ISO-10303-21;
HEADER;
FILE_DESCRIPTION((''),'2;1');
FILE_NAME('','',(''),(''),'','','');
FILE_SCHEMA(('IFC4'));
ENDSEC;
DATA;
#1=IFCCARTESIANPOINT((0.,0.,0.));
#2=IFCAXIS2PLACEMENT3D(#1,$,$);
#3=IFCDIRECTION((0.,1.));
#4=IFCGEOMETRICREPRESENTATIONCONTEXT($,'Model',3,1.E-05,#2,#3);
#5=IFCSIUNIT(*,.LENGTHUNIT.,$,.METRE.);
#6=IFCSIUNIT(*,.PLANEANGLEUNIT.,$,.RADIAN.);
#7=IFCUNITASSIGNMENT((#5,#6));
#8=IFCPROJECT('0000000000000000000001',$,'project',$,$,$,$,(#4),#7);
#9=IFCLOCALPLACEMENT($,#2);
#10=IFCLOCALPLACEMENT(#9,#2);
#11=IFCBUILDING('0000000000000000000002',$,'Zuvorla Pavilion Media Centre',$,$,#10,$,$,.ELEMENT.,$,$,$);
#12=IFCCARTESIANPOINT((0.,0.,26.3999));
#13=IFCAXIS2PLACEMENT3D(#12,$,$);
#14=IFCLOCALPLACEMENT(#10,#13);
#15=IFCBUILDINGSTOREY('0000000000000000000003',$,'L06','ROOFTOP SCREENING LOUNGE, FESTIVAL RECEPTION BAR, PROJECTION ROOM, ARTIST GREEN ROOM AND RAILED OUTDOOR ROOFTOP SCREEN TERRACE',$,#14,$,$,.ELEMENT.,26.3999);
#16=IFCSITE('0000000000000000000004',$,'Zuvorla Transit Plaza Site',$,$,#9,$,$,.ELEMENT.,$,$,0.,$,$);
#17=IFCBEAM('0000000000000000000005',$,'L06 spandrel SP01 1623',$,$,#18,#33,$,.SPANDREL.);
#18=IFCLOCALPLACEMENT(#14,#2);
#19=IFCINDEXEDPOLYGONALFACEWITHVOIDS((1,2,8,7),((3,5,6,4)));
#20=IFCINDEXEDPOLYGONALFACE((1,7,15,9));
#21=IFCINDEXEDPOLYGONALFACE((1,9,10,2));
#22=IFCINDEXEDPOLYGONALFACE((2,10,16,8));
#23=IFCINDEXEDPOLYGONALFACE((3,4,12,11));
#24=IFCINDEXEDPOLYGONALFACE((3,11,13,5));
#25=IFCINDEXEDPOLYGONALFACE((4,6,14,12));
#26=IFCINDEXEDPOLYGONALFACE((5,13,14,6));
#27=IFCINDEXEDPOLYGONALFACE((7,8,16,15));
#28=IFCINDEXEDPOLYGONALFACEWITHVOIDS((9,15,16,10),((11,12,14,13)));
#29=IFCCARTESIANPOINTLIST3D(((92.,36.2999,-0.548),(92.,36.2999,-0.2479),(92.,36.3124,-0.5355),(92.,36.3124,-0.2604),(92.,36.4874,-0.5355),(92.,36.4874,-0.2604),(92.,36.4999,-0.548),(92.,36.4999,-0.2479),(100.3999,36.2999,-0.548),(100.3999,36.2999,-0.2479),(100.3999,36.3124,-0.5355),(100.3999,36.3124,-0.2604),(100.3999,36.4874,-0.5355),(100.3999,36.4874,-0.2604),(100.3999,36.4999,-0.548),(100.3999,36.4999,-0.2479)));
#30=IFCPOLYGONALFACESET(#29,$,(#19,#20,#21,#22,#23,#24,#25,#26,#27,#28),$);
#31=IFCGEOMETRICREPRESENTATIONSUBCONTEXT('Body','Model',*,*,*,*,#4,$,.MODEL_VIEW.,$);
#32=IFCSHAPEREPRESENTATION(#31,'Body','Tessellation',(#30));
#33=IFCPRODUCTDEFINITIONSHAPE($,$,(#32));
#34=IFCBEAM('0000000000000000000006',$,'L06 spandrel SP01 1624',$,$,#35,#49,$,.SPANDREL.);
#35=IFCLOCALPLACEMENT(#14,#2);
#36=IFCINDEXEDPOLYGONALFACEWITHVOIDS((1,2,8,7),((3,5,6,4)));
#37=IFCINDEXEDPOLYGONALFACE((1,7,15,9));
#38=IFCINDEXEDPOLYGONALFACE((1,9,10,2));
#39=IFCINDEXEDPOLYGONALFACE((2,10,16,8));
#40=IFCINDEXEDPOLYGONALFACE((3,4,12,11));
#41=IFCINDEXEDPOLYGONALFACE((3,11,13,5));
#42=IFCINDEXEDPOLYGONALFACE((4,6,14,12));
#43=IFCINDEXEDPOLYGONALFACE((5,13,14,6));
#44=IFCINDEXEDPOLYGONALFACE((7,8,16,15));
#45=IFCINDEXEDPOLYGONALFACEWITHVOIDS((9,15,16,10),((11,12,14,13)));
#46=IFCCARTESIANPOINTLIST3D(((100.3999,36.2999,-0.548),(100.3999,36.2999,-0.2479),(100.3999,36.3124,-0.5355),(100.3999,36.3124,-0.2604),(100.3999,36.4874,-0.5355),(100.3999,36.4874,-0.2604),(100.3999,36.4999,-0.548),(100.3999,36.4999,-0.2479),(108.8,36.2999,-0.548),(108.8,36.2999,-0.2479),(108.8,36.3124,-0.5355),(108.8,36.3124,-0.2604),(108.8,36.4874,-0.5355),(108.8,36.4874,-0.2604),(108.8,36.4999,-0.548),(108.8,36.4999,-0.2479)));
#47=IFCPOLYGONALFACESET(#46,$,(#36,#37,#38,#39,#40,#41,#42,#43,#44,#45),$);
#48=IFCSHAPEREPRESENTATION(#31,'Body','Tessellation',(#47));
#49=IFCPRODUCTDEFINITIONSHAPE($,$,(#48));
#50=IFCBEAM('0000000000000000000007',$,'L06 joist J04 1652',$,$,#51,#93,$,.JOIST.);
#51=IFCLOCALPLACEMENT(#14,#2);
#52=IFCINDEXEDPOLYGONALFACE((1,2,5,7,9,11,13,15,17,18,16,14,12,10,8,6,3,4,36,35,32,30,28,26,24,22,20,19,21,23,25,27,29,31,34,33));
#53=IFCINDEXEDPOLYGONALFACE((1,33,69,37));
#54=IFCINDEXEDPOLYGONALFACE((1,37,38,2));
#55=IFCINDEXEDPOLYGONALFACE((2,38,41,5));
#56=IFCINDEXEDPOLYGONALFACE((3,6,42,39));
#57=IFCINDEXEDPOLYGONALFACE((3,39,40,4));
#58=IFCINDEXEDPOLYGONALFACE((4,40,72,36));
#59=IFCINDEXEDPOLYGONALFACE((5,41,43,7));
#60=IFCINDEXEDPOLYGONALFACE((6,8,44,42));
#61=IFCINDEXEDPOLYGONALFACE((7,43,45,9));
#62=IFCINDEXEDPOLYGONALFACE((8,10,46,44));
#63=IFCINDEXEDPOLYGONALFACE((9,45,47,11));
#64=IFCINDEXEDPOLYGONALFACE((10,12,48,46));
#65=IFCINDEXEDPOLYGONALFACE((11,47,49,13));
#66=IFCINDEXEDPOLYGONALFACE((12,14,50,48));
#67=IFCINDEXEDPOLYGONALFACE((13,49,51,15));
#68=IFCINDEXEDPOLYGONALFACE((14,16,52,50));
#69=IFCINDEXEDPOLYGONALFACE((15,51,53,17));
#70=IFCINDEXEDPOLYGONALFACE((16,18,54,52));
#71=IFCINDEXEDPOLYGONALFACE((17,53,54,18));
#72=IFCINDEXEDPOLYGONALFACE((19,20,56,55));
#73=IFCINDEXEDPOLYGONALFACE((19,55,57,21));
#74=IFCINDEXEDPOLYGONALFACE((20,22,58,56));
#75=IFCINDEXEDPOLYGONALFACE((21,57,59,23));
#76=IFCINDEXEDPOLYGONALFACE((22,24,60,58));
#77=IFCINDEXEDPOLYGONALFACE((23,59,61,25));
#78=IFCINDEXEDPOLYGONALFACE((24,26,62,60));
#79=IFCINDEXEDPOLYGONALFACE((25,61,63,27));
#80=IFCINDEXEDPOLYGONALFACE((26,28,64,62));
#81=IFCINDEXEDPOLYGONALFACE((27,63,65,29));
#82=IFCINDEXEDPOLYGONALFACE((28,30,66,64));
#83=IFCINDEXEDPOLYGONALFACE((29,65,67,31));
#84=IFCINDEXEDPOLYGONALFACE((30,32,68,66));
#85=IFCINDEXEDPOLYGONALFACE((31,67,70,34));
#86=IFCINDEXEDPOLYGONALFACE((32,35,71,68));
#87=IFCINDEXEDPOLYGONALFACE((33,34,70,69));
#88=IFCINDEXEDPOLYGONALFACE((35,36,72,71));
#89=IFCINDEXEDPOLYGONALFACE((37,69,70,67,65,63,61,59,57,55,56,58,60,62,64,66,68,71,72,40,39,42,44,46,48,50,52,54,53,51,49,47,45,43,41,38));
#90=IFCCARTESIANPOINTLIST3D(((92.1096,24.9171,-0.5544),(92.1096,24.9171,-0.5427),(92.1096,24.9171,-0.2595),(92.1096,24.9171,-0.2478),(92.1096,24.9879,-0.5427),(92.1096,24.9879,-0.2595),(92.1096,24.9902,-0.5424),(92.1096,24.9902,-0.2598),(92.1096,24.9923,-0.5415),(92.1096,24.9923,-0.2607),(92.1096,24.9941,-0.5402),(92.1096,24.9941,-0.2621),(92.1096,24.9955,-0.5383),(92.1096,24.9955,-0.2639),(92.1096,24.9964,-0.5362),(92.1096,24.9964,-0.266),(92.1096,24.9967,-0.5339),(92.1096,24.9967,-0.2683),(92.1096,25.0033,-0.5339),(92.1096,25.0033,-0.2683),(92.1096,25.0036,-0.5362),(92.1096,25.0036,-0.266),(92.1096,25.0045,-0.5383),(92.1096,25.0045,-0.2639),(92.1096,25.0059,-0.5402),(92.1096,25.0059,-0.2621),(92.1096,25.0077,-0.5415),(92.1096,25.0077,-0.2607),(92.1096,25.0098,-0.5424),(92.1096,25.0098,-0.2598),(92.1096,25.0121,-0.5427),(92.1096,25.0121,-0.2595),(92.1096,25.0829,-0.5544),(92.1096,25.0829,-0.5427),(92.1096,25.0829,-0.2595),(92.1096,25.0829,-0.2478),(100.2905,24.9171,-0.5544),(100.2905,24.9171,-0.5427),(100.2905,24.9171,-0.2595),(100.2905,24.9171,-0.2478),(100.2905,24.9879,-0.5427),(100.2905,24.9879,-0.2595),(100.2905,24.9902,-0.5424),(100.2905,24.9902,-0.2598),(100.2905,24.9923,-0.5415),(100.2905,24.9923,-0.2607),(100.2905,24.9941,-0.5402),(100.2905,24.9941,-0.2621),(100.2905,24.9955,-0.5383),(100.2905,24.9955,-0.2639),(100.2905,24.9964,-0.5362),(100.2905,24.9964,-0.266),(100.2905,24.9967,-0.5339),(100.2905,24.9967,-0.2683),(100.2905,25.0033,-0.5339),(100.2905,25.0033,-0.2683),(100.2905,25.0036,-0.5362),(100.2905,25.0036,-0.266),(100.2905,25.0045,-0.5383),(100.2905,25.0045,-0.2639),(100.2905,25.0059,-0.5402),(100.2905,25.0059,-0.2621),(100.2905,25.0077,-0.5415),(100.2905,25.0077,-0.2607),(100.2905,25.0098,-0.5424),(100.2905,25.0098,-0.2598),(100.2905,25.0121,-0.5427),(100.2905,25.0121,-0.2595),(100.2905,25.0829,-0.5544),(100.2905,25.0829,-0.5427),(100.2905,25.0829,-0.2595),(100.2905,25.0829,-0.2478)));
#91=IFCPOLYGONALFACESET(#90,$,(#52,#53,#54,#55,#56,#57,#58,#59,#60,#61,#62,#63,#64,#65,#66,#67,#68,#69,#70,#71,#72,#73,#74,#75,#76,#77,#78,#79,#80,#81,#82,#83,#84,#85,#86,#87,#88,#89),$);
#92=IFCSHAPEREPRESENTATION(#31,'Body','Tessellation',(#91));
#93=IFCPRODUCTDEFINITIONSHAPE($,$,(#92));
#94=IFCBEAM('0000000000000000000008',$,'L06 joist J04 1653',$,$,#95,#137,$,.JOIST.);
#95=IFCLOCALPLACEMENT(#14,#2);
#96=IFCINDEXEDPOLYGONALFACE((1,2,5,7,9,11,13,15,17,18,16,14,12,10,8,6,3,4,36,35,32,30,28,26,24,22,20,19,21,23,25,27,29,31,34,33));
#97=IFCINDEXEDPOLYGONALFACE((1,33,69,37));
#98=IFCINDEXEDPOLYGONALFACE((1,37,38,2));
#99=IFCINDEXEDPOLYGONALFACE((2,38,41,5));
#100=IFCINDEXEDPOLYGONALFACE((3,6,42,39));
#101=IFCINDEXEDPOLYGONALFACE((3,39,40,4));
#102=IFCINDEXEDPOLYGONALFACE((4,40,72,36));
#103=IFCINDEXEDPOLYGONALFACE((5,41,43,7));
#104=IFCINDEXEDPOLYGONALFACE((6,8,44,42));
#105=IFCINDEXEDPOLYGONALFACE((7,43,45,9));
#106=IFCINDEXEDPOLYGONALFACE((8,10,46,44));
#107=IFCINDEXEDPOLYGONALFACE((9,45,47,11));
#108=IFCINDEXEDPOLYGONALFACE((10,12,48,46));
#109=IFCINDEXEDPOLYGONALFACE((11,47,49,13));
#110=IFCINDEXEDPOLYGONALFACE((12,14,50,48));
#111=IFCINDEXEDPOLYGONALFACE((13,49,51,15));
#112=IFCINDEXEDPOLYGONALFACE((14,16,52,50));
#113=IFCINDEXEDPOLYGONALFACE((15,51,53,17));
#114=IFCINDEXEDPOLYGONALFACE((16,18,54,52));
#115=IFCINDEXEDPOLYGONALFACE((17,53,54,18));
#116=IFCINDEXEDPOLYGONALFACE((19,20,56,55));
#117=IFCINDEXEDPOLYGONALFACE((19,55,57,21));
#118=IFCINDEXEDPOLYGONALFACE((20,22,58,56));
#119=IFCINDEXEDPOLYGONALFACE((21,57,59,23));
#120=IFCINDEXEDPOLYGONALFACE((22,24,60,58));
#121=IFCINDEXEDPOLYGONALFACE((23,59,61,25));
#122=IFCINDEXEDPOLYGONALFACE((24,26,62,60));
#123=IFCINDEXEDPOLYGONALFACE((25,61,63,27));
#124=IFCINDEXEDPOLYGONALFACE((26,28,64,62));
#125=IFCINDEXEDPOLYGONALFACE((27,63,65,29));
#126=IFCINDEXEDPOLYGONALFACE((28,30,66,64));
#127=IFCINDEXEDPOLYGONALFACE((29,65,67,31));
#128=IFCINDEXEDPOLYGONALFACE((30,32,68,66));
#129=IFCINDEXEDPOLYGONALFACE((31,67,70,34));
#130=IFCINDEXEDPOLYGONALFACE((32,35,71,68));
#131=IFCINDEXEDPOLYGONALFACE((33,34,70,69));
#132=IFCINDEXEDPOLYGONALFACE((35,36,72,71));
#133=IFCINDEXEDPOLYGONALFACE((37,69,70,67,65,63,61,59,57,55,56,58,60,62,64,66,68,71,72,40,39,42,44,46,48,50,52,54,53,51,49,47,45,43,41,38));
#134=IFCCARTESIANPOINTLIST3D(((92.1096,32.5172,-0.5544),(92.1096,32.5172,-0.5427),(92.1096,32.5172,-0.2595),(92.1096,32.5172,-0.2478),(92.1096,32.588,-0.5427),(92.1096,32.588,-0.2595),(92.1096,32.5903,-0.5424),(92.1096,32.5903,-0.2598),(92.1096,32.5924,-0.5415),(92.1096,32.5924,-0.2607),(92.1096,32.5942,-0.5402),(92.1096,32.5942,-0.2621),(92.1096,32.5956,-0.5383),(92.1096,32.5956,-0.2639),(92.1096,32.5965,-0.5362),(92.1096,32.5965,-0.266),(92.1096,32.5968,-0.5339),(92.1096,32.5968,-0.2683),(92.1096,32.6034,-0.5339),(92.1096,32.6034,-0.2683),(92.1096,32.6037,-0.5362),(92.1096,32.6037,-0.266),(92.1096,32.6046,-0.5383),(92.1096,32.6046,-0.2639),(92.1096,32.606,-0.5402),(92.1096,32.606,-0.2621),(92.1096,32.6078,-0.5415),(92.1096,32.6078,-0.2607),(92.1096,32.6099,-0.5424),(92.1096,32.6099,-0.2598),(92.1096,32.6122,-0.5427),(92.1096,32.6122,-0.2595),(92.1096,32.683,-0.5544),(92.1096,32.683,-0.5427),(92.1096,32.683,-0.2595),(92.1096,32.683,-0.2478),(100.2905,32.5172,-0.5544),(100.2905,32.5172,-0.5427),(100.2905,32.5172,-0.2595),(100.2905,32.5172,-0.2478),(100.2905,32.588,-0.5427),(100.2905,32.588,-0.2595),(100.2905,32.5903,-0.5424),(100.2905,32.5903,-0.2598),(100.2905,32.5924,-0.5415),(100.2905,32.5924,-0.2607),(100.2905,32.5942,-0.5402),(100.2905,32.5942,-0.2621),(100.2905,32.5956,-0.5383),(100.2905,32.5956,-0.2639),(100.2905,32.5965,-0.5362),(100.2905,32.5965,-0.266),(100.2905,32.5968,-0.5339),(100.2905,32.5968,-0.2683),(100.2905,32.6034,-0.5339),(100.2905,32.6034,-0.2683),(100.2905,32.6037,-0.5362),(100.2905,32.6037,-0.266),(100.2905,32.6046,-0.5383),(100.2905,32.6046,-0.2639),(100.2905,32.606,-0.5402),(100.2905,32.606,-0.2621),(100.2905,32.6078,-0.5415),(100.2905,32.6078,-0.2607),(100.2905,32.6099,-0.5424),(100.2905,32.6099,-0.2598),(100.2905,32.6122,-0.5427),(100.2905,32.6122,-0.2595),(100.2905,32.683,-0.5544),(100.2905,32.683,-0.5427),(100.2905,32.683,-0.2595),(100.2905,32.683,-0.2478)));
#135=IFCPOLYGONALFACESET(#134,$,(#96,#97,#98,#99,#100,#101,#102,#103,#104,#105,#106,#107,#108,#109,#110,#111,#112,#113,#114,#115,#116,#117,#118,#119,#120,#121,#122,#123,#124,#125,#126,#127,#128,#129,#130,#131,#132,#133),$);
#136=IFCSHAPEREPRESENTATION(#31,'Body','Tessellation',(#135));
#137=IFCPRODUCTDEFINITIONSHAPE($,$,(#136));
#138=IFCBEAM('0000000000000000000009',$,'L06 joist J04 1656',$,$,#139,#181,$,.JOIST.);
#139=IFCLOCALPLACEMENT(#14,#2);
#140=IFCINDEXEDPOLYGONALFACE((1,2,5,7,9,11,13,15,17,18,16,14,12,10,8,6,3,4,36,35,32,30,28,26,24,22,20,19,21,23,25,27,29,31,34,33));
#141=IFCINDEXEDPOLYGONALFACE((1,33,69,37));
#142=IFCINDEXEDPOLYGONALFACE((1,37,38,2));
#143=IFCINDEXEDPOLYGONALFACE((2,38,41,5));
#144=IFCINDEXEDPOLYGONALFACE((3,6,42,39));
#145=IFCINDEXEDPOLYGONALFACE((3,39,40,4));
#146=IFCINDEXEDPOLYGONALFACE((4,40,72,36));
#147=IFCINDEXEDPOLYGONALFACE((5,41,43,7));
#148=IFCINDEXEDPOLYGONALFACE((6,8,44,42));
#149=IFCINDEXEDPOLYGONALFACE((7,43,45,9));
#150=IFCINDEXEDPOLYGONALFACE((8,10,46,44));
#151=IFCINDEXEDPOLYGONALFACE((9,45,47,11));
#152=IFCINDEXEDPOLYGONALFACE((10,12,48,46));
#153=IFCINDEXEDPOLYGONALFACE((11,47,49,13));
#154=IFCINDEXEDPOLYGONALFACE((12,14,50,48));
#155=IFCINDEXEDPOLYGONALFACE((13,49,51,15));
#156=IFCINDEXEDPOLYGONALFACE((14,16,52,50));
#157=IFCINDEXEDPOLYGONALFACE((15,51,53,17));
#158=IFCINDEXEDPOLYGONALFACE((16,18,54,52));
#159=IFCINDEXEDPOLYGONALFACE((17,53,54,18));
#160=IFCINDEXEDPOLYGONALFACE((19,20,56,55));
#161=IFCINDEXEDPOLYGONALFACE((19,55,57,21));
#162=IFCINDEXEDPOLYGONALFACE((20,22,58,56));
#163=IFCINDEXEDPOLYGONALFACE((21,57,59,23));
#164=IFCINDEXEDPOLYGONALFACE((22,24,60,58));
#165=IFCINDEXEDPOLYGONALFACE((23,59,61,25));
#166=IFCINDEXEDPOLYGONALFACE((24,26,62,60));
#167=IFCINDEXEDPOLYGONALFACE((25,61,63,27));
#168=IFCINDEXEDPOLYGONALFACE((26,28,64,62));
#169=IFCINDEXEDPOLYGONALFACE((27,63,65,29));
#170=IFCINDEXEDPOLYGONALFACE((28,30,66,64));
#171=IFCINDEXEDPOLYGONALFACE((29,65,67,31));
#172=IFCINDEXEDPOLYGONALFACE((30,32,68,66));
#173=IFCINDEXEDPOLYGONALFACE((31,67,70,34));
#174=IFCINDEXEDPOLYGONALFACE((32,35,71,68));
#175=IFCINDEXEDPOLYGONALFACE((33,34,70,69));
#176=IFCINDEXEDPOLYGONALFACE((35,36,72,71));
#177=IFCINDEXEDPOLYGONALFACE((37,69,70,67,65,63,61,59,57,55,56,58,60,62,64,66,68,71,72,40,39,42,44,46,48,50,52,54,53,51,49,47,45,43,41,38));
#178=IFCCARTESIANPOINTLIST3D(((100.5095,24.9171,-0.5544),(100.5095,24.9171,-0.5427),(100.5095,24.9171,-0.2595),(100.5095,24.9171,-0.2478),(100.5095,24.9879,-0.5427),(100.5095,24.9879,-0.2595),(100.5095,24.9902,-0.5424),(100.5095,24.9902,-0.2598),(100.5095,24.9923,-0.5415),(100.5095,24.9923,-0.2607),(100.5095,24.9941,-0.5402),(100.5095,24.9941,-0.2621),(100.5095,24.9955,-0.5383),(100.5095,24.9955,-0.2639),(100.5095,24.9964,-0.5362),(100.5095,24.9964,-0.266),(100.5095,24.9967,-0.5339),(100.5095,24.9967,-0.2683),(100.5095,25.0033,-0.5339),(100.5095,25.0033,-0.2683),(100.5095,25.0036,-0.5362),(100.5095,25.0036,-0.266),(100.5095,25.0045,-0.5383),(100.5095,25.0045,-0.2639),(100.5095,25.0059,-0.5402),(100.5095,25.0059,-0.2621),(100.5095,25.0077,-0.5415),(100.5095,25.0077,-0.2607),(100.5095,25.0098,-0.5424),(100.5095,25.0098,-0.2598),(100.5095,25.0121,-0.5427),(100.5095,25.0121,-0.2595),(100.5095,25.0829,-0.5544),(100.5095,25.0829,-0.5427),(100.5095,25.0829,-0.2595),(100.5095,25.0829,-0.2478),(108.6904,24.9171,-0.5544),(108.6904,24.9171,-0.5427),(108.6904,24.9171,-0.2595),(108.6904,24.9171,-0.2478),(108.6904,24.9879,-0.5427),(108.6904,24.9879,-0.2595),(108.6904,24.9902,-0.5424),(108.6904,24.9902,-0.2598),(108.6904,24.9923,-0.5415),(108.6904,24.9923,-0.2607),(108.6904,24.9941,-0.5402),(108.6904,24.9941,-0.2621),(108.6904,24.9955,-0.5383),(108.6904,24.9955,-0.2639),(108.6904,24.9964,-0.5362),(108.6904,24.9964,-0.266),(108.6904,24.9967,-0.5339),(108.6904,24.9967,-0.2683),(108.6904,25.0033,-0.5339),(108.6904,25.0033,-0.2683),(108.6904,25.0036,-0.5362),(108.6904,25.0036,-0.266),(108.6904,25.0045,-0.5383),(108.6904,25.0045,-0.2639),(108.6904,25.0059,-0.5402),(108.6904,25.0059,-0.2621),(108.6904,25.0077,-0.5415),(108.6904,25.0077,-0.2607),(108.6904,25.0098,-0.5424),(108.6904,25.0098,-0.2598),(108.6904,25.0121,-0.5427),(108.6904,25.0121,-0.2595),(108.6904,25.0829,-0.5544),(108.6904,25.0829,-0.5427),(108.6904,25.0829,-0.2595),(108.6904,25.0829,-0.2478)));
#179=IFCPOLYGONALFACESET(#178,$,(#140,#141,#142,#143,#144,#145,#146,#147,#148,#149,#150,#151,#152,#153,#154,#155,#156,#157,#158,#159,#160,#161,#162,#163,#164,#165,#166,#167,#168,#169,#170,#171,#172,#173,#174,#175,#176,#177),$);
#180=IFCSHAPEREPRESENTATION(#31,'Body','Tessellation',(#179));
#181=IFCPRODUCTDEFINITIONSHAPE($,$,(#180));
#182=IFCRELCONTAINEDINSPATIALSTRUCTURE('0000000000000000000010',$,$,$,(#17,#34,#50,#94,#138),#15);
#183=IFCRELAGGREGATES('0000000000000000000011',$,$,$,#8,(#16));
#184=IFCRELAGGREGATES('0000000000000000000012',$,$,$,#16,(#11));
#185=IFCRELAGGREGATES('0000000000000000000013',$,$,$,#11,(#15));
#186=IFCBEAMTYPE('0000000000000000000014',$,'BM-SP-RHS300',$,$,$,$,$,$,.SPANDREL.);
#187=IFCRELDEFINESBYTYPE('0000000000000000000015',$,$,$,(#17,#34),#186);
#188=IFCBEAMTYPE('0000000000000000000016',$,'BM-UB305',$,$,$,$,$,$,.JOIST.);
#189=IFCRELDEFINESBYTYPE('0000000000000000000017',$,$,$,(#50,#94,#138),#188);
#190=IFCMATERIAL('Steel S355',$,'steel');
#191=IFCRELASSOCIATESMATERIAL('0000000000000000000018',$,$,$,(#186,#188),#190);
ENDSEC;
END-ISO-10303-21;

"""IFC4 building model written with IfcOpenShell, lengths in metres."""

from ifc_helpers import new_model, si_unit, direction, frame, origin, origin_2d, place, context, subcontext, project, spatial, hollow_rectangle, i_section, extrude, material, material_profile, profile_set, type_object, element, save


model = new_model("IFC4")

# Units and contexts
model_context = context("Model", 3, precision=1e-05, world=origin(), true_north=direction((0.0, 1.0)))
body_context = subcontext(model_context, "Body", "Model", "MODEL_VIEW")
ifc_project = project(units=[si_unit("LENGTHUNIT", "METRE"), si_unit("PLANEANGLEUNIT", "RADIAN")], contexts=[model_context])

# Site, building, storey
site_placement = place(None, origin())
site = spatial("IfcSite", under=ifc_project, at=site_placement, Name="Zuvorla Transit Plaza Site", CompositionType="ELEMENT", RefElevation=0.0)
building_placement = place(site_placement, origin())
building = spatial("IfcBuilding", under=site, at=building_placement, Name="Zuvorla Pavilion Media Centre", CompositionType="ELEMENT")
storey_placement = place(building_placement, frame((0.0, 0.0, 26.3999)))
storey = spatial("IfcBuildingStorey", under=building, at=storey_placement, Name="L06", Description="ROOFTOP SCREENING LOUNGE, FESTIVAL RECEPTION BAR, PROJECTION ROOM, ARTIST GREEN ROOM AND RAILED OUTDOOR ROOFTOP SCREEN TERRACE", CompositionType="ELEMENT", Elevation=26.3999)

# Shared definitions
ifc_material_1 = material(Name="Steel S355", Category="steel")

# Beams
ifc_material_profile_1 = material_profile(ifc_material_1, hollow_rectangle(XDim=0.2, YDim=0.3, WallThickness=0.0125, at=origin_2d()), Name="RHS 300x200x12.5")
ifc_profile_set_1 = profile_set([ifc_material_profile_1], Name="Steel S355")
beam_type_1 = type_object("IfcBeamType", Name="BM-SP-RHS300", PredefinedType="SPANDREL", material=ifc_profile_set_1)
beam_1_placement = place(storey_placement, frame((92.0, 36.3999, -0.3979), z_axis=(1.0, 0.0, 0.0), x_axis=(0.0, 1.0, 0.0)))
element("IfcBeam", 1, at=beam_1_placement, inside=storey, type_object=beam_type_1, Name="L06 spandrel SP01 1623", PredefinedType="SPANDREL", context=body_context, shape_type="SweptSolid", body=[
    extrude(hollow_rectangle(XDim=0.2, YDim=0.3, WallThickness=0.0125, at=origin_2d()), origin(), (0.0, 0.0, 1.0), 8.3999),
])
beam_2_placement = place(storey_placement, frame((100.3999, 36.3999, -0.3979), z_axis=(1.0, 0.0, 0.0), x_axis=(0.0, 1.0, 0.0)))
element("IfcBeam", 2, at=beam_2_placement, inside=storey, type_object=beam_type_1, Name="L06 spandrel SP01 1624", PredefinedType="SPANDREL", context=body_context, shape_type="SweptSolid", body=[
    extrude(hollow_rectangle(XDim=0.2, YDim=0.3, WallThickness=0.0125, at=origin_2d()), origin(), (0.0, 0.0, 1.0), 8.4001),
])
ifc_material_profile_2 = material_profile(ifc_material_1, i_section(OverallWidth=0.1658, OverallDepth=0.3066, WebThickness=0.0066, FlangeThickness=0.0117, FilletRadius=0.0088, at=origin_2d()), Name="UB 305x165x46")
ifc_profile_set_2 = profile_set([ifc_material_profile_2], Name="Steel S355")
beam_type_2 = type_object("IfcBeamType", Name="BM-UB305", PredefinedType="JOIST", material=ifc_profile_set_2)
for number, where, z_axis, x_axis, name in (
    (3, (92.1096, 25.0, -0.4011), (1.0, 0.0, 0.0), (0.0, 1.0, 0.0), "L06 joist J04 1652"),
    (4, (92.1096, 32.6001, -0.4011), (1.0, 0.0, 0.0), (0.0, 1.0, 0.0), "L06 joist J04 1653"),
    (5, (100.5095, 25.0, -0.4011), (1.0, 0.0, 0.0), (0.0, 1.0, 0.0), "L06 joist J04 1656"),
):
    element("IfcBeam", number, at=place(storey_placement, frame(where, z_axis=z_axis, x_axis=x_axis)), inside=storey, type_object=beam_type_2, Name=name, PredefinedType="JOIST", context=body_context, shape_type="SweptSolid", body=[
        extrude(i_section(OverallWidth=0.1658, OverallDepth=0.3066, WebThickness=0.0066, FlangeThickness=0.0117, FilletRadius=0.0088, at=origin_2d()), origin(), (0.0, 0.0, 1.0), 8.1809),
    ])

save(model, "model.ifc")
